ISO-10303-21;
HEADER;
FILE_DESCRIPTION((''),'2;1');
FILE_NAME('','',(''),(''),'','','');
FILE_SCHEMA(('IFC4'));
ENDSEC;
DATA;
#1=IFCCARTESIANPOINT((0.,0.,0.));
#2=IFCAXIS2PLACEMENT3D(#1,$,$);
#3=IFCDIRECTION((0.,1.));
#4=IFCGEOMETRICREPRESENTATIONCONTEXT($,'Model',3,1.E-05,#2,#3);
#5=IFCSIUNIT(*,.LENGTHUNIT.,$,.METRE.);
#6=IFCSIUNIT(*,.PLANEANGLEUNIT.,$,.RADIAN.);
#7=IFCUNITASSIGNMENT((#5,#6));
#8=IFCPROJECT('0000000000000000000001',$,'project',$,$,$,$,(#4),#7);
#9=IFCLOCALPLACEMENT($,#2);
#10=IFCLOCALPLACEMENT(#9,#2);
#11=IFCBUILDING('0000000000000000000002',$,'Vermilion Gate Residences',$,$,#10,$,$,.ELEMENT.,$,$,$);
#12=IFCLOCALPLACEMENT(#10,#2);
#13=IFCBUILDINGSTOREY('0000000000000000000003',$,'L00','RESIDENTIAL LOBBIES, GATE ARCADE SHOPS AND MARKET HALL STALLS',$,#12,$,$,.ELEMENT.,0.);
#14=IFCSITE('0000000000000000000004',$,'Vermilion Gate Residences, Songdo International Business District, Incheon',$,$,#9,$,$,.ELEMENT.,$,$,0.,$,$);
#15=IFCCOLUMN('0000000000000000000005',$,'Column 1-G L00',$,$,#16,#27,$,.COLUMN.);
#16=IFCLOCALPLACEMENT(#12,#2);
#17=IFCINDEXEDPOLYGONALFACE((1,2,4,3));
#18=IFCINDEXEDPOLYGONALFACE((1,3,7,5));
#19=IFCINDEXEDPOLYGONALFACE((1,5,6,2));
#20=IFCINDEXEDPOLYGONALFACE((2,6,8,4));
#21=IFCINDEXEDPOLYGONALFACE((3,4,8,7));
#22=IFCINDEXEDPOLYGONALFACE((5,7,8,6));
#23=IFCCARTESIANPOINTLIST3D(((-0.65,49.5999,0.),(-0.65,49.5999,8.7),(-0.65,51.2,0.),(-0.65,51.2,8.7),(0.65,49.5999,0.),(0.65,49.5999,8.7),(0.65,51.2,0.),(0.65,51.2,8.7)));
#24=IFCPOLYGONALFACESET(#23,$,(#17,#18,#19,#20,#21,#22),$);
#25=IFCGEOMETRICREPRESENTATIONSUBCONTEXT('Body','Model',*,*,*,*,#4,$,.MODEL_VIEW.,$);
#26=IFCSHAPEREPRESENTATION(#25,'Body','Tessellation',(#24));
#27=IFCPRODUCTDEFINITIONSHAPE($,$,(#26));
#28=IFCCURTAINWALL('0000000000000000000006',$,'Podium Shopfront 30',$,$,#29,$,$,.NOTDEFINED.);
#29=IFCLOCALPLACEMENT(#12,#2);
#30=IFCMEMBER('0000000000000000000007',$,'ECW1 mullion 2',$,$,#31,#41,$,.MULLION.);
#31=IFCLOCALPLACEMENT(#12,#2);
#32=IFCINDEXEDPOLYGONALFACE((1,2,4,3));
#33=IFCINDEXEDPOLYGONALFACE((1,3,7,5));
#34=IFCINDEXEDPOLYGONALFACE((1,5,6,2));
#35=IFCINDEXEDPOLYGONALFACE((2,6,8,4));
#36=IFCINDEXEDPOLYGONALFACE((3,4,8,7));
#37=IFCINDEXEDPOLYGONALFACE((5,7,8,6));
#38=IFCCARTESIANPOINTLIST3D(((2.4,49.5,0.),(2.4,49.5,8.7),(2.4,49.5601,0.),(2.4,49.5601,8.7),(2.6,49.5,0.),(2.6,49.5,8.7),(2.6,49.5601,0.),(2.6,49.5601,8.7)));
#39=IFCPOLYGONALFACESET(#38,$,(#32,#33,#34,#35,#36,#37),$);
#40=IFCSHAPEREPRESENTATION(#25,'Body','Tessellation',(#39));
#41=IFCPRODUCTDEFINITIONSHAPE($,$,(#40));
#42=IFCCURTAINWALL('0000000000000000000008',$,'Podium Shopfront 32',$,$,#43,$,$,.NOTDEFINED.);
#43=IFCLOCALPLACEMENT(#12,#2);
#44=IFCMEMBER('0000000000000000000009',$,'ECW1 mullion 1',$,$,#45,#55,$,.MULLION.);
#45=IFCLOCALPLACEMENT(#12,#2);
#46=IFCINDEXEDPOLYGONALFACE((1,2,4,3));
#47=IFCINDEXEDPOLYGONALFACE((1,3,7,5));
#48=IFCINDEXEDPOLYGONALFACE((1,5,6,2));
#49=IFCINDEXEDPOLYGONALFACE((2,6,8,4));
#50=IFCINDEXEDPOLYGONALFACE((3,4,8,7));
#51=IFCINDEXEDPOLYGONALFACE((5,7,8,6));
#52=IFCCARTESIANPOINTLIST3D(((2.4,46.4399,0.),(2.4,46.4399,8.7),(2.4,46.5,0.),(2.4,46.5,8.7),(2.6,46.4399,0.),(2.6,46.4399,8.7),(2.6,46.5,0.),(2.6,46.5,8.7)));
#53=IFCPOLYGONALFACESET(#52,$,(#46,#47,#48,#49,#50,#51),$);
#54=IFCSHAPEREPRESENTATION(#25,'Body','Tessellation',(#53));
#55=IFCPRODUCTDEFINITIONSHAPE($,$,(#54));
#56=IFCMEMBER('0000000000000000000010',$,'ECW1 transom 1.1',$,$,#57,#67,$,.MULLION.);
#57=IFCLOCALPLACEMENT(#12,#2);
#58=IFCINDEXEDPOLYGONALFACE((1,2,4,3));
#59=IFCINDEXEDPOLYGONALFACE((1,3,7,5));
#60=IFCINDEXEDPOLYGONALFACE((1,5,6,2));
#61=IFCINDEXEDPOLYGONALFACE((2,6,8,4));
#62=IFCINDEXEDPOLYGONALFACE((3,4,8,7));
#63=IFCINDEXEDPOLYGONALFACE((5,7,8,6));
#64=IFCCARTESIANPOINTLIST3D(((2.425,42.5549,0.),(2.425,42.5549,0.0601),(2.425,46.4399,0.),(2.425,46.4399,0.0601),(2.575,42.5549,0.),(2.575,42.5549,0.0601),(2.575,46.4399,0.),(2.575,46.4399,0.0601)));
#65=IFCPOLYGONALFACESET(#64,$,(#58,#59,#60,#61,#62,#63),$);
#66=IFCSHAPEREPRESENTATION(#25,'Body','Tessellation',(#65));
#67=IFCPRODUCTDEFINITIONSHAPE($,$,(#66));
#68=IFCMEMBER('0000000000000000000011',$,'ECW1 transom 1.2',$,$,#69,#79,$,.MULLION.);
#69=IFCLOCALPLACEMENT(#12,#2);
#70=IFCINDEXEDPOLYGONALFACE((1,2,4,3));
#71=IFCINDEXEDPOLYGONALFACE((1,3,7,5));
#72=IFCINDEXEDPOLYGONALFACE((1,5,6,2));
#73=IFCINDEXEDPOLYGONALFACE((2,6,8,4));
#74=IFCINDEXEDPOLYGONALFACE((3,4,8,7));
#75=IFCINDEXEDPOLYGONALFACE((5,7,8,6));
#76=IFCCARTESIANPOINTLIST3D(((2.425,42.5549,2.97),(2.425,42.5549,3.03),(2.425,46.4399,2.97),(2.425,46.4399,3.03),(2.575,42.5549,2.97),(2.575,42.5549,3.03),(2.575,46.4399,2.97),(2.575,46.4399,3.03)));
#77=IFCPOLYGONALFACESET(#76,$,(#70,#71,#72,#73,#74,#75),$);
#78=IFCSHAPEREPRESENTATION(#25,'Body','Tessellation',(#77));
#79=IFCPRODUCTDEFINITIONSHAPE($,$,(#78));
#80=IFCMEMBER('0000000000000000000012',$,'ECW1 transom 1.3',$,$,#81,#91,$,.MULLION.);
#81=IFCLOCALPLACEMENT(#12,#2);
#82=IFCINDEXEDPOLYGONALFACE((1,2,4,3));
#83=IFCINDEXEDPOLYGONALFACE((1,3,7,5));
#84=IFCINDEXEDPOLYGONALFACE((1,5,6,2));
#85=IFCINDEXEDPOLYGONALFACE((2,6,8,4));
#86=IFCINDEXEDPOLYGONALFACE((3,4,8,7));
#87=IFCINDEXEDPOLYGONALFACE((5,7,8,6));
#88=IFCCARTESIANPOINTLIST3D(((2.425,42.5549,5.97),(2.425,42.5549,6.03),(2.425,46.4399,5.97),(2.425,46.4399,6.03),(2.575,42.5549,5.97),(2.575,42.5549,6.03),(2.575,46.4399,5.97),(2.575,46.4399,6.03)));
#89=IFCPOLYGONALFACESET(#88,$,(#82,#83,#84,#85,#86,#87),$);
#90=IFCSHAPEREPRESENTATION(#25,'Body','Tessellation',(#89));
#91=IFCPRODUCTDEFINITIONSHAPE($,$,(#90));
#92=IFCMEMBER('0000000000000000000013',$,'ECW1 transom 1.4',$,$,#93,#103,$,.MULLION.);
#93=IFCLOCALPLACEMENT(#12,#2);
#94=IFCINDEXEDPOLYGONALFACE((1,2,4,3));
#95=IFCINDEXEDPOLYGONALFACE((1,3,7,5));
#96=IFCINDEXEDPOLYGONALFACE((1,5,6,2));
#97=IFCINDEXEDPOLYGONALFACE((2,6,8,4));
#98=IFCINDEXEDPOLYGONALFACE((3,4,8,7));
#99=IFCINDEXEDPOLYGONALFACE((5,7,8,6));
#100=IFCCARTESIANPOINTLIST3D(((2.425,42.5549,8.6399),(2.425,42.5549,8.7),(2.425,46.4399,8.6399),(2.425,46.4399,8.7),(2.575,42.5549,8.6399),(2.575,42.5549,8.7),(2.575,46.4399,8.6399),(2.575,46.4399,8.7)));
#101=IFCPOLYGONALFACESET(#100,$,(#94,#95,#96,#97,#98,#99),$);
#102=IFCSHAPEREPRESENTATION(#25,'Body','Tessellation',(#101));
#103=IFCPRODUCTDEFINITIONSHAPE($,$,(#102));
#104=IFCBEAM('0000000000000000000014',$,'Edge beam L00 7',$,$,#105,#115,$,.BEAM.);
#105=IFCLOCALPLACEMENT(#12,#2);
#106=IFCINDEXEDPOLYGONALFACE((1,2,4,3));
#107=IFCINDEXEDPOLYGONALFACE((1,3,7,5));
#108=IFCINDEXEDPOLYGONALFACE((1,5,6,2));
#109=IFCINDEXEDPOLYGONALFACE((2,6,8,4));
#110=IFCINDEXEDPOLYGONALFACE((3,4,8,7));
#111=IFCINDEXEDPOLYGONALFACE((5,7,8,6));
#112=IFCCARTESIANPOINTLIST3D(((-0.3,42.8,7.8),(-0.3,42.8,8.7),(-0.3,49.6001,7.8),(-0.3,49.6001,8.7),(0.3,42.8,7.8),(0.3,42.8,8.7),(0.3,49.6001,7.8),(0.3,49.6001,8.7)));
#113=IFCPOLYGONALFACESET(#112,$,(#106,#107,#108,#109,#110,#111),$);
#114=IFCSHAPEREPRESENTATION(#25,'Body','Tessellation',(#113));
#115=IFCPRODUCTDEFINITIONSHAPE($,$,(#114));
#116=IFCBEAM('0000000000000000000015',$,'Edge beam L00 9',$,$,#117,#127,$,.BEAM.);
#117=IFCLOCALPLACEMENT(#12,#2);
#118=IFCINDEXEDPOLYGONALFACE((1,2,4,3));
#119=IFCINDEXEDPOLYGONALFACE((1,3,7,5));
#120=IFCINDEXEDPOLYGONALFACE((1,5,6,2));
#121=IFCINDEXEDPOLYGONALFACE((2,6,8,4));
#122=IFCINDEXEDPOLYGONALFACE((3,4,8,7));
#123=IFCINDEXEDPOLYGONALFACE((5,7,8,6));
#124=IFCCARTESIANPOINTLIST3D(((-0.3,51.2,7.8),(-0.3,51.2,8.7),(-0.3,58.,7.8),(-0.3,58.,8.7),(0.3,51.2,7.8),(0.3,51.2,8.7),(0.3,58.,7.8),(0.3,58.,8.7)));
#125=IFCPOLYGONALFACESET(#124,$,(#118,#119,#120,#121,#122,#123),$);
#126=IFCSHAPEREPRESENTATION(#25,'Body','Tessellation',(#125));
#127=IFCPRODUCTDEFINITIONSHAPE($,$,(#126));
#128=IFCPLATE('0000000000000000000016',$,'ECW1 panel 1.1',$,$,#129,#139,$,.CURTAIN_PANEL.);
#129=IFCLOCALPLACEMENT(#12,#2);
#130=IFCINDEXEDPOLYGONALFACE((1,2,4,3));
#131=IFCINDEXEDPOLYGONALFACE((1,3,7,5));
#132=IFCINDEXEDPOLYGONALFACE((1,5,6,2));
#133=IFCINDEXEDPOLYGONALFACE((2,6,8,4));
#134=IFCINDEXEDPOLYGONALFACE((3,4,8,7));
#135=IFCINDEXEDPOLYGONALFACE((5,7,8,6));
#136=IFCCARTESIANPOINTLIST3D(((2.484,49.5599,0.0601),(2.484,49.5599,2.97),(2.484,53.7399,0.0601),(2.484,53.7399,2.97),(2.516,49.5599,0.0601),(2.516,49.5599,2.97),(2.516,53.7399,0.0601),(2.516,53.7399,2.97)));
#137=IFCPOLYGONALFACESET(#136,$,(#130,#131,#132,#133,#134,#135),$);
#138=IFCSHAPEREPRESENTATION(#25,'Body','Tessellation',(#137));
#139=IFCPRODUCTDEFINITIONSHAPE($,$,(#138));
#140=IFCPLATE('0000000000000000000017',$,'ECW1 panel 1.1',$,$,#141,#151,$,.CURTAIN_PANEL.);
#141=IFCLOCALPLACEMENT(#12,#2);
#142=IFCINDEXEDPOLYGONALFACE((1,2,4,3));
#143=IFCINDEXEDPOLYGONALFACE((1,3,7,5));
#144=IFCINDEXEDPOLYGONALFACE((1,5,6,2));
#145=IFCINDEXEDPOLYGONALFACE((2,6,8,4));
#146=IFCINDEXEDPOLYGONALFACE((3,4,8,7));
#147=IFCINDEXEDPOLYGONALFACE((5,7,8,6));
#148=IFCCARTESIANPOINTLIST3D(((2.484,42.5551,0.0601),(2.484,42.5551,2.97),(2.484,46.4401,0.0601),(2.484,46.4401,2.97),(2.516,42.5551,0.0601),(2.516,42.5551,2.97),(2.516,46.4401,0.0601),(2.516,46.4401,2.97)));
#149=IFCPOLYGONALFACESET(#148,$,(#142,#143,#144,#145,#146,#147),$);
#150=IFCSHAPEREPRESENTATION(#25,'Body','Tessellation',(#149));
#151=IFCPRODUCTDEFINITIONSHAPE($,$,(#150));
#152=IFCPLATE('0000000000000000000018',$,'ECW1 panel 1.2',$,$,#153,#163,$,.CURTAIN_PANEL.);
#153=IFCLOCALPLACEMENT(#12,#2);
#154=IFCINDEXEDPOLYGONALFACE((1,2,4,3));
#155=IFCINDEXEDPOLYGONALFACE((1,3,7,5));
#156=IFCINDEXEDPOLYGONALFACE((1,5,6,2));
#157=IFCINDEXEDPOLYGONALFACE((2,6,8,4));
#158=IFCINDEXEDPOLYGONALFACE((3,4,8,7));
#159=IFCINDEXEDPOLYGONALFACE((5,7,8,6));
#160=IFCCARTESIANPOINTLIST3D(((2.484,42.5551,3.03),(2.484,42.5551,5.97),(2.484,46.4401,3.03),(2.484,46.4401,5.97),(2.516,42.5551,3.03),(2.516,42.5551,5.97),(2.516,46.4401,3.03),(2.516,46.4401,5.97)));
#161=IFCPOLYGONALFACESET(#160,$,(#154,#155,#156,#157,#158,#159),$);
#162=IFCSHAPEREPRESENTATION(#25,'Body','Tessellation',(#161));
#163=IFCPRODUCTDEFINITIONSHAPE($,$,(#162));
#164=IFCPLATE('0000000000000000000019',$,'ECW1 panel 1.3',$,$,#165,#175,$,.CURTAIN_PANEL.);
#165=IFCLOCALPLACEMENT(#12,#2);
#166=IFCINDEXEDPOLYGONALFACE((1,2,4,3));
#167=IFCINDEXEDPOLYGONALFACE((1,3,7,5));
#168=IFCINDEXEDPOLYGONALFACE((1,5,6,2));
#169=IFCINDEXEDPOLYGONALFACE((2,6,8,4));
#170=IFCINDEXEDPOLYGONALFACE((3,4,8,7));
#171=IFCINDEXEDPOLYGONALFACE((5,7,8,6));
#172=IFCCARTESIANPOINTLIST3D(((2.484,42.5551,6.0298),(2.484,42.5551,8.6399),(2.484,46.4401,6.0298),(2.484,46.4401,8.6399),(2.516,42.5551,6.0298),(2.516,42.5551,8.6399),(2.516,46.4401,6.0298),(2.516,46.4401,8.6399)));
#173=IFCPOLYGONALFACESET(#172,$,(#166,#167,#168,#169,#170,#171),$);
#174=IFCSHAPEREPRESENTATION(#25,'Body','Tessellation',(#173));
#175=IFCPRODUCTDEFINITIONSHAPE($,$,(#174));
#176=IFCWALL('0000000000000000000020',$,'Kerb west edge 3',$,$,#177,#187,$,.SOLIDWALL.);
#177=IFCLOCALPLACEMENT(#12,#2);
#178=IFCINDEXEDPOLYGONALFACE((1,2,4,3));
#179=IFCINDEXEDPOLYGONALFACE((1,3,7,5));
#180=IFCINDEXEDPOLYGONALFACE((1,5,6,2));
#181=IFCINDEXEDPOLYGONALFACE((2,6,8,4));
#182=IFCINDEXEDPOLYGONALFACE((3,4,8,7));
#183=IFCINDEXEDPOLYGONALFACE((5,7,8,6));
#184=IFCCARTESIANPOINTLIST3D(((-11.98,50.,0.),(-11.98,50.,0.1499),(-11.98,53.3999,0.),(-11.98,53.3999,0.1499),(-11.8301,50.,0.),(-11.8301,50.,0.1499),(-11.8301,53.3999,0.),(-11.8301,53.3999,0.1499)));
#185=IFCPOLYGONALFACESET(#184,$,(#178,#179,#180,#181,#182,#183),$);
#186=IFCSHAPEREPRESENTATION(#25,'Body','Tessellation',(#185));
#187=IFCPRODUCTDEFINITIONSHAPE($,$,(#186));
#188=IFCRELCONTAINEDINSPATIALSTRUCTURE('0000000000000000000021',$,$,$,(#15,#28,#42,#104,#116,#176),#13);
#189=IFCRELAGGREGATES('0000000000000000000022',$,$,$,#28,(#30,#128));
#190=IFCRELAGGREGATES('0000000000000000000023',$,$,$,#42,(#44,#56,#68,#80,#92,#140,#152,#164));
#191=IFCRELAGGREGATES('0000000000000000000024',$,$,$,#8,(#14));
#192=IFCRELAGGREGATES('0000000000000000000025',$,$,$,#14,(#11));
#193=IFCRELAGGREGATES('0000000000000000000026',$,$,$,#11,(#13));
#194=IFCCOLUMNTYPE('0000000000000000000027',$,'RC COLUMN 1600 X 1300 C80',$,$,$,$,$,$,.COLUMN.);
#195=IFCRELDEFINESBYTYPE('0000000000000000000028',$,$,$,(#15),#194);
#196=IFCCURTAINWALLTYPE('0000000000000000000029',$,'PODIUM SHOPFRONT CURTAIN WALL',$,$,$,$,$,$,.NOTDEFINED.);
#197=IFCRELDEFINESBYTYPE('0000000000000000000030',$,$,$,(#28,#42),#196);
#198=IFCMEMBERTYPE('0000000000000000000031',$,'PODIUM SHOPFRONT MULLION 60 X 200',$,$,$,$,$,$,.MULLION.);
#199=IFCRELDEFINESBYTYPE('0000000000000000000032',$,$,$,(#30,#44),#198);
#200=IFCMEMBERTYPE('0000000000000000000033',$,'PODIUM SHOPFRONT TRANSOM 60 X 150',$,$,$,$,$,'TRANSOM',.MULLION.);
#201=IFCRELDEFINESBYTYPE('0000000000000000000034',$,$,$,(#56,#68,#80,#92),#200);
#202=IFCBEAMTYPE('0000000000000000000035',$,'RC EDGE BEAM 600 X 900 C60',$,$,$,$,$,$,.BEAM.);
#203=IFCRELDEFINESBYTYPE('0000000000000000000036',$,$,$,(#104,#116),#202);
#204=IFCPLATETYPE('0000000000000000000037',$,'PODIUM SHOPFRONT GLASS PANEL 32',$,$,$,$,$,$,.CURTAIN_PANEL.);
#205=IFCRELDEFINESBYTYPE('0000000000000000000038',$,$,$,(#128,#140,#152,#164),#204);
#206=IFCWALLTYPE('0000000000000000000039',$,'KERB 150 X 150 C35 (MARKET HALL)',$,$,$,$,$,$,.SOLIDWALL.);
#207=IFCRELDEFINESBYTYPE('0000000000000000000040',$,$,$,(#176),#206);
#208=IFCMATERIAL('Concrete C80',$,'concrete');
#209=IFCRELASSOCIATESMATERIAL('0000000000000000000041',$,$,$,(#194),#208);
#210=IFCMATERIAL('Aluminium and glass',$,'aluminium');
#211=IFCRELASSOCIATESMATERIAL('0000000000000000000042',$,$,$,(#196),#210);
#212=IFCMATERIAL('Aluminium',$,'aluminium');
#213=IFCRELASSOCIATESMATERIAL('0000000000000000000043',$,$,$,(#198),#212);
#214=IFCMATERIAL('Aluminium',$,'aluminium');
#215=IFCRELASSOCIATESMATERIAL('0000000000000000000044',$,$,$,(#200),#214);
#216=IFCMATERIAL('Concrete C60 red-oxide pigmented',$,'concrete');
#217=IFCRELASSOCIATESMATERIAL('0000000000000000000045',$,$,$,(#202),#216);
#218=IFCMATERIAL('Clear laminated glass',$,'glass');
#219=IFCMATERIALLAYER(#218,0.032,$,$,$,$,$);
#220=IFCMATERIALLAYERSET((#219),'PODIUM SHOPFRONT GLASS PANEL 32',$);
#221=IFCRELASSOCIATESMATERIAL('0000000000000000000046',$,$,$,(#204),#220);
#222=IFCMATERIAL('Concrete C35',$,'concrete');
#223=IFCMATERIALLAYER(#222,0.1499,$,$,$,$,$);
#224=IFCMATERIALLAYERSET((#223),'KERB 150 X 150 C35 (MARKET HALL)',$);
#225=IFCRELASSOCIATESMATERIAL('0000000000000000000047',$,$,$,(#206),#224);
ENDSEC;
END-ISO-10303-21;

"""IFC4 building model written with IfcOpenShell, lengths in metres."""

from ifc_helpers import new_model, si_unit, direction, frame, frame_2d, origin, origin_2d, place, context, subcontext, project, spatial, rectangle, extrude, material, layer, layer_set, material_profile, profile_set, type_object, element, aggregate, save


model = new_model("IFC4")

# Units and contexts
model_context = context("Model", 3, precision=1e-05, world=origin(), true_north=direction((0.0, 1.0)))
body_context = subcontext(model_context, "Body", "Model", "MODEL_VIEW")
ifc_project = project(units=[si_unit("LENGTHUNIT", "METRE"), si_unit("PLANEANGLEUNIT", "RADIAN")], contexts=[model_context])

# Site, building, storey
site_placement = place(None, origin())
site = spatial("IfcSite", under=ifc_project, at=site_placement, Name="Vermilion Gate Residences, Songdo International Business District, Incheon", CompositionType="ELEMENT", RefElevation=0.0)
building_placement = place(site_placement, origin())
building = spatial("IfcBuilding", under=site, at=building_placement, Name="Vermilion Gate Residences", CompositionType="ELEMENT")
storey_placement = place(building_placement, origin())
storey = spatial("IfcBuildingStorey", under=building, at=storey_placement, Name="L00", Description="RESIDENTIAL LOBBIES, GATE ARCADE SHOPS AND MARKET HALL STALLS", CompositionType="ELEMENT", Elevation=0.0)

# Column
ifc_material_1 = material(Name="Concrete C80", Category="concrete")
ifc_material_profile_1 = material_profile(ifc_material_1, rectangle(XDim=1.6001, YDim=1.3, at=origin_2d()), Name="RC-1600x1300")
ifc_profile_set_1 = profile_set([ifc_material_profile_1], Name="Concrete C80")
column_type = type_object("IfcColumnType", Name="RC COLUMN 1600 X 1300 C80", PredefinedType="COLUMN", material=ifc_profile_set_1)
column_placement = place(storey_placement, frame((0.0, 50.3999, 0.0), z_axis=(0.0, 0.0, 1.0), x_axis=(0.0, 1.0, 0.0)))
element("IfcColumn", 1, at=column_placement, inside=storey, type_object=column_type, Name="Column 1-G L00", PredefinedType="COLUMN", context=body_context, shape_type="SweptSolid", body=[
    extrude(rectangle(XDim=1.6001, YDim=1.3, at=origin_2d()), origin(), (0.0, 0.0, 1.0), 8.7),
])

# Curtain wall, member
ifc_material_2 = material(Name="Aluminium and glass", Category="aluminium")
curtain_wall_type = type_object("IfcCurtainWallType", Name="PODIUM SHOPFRONT CURTAIN WALL", PredefinedType="NOTDEFINED", material=ifc_material_2)
curtain_wall_1_placement = place(storey_placement, origin())
curtain_wall_1 = element("IfcCurtainWall", 2, at=curtain_wall_1_placement, inside=storey, type_object=curtain_wall_type, Name="Podium Shopfront 30", PredefinedType="NOTDEFINED")
ifc_material_3 = material(Name="Aluminium", Category="aluminium")
ifc_material_profile_2 = material_profile(ifc_material_3, rectangle(XDim=0.2, YDim=0.0601, at=origin_2d()), Name="MULLION 60 X 200")
ifc_profile_set_2 = profile_set([ifc_material_profile_2], Name="Aluminium")
member_type_1 = type_object("IfcMemberType", Name="PODIUM SHOPFRONT MULLION 60 X 200", PredefinedType="MULLION", material=ifc_profile_set_2)
member_1_placement = place(storey_placement, frame((2.5, 49.53, 0.0), z_axis=(0.0, 0.0, 1.0), x_axis=(1.0, 0.0, 0.0)))
member_1 = element("IfcMember", 3, at=member_1_placement, type_object=member_type_1, Name="ECW1 mullion 2", PredefinedType="MULLION", context=body_context, shape_type="SweptSolid", body=[
    extrude(rectangle(XDim=0.2, YDim=0.0601, at=origin_2d()), origin(), (0.0, 0.0, 1.0), 8.7),
])

# Curtain wall, members
curtain_wall_2_placement = place(storey_placement, origin())
curtain_wall_2 = element("IfcCurtainWall", 4, at=curtain_wall_2_placement, inside=storey, type_object=curtain_wall_type, Name="Podium Shopfront 32", PredefinedType="NOTDEFINED")
member_2_placement = place(storey_placement, frame((2.5, 46.47, 0.0), z_axis=(0.0, 0.0, 1.0), x_axis=(1.0, 0.0, 0.0)))
member_2 = element("IfcMember", 5, at=member_2_placement, type_object=member_type_1, Name="ECW1 mullion 1", PredefinedType="MULLION", context=body_context, shape_type="SweptSolid", body=[
    extrude(rectangle(XDim=0.2, YDim=0.0601, at=origin_2d()), origin(), (0.0, 0.0, 1.0), 8.7),
])
ifc_material_4 = material(Name="Aluminium", Category="aluminium")
ifc_material_profile_3 = material_profile(ifc_material_4, rectangle(XDim=0.1499, YDim=0.0601, at=origin_2d()), Name="TRANSOM 60 X 150")
ifc_profile_set_3 = profile_set([ifc_material_profile_3], Name="Aluminium")
member_type_2 = type_object("IfcMemberType", Name="PODIUM SHOPFRONT TRANSOM 60 X 150", ElementType="TRANSOM", PredefinedType="MULLION", material=ifc_profile_set_3)
member_3_placement = place(storey_placement, frame((2.5, 46.4399, 0.03), z_axis=(0.0, -1.0, 0.0), x_axis=(1.0, 0.0, 0.0)))
member_3 = element("IfcMember", 6, at=member_3_placement, type_object=member_type_2, Name="ECW1 transom 1.1", PredefinedType="MULLION", context=body_context, shape_type="SweptSolid", body=[
    extrude(rectangle(XDim=0.1499, YDim=0.0601, at=origin_2d()), origin(), (0.0, 0.0, 1.0), 3.885),
])
member_4_placement = place(storey_placement, frame((2.5, 46.4399, 3.0), z_axis=(0.0, -1.0, 0.0), x_axis=(1.0, 0.0, 0.0)))
member_4 = element("IfcMember", 7, at=member_4_placement, type_object=member_type_2, Name="ECW1 transom 1.2", PredefinedType="MULLION", context=body_context, shape_type="SweptSolid", body=[
    extrude(rectangle(XDim=0.1499, YDim=0.0601, at=origin_2d()), origin(), (0.0, 0.0, 1.0), 3.885),
])
member_5_placement = place(storey_placement, frame((2.5, 46.4399, 6.0), z_axis=(0.0, -1.0, 0.0), x_axis=(1.0, 0.0, 0.0)))
member_5 = element("IfcMember", 8, at=member_5_placement, type_object=member_type_2, Name="ECW1 transom 1.3", PredefinedType="MULLION", context=body_context, shape_type="SweptSolid", body=[
    extrude(rectangle(XDim=0.1499, YDim=0.0601, at=origin_2d()), origin(), (0.0, 0.0, 1.0), 3.885),
])
member_6_placement = place(storey_placement, frame((2.5, 46.4399, 8.6699), z_axis=(0.0, -1.0, 0.0), x_axis=(1.0, 0.0, 0.0)))
member_6 = element("IfcMember", 9, at=member_6_placement, type_object=member_type_2, Name="ECW1 transom 1.4", PredefinedType="MULLION", context=body_context, shape_type="SweptSolid", body=[
    extrude(rectangle(XDim=0.1499, YDim=0.0601, at=origin_2d()), origin(), (0.0, 0.0, 1.0), 3.885),
])

# Beams
ifc_material_5 = material(Name="Concrete C60 red-oxide pigmented", Category="concrete")
ifc_material_profile_4 = material_profile(ifc_material_5, rectangle(XDim=0.6001, YDim=0.8999, at=origin_2d()), Name="RC-600x900")
ifc_profile_set_4 = profile_set([ifc_material_profile_4], Name="Concrete C60 red-oxide pigmented")
beam_type = type_object("IfcBeamType", Name="RC EDGE BEAM 600 X 900 C60", PredefinedType="BEAM", material=ifc_profile_set_4)
for number, where, z_axis, x_axis, name in (
    (10, (0.0, 42.8, 8.25), (0.0, 1.0, 0.0), (-1.0, 0.0, 0.0), "Edge beam L00 7"),
    (11, (0.0, 51.2, 8.25), (0.0, 1.0, 0.0), (-1.0, 0.0, 0.0), "Edge beam L00 9"),
):
    element("IfcBeam", number, at=place(storey_placement, frame(where, z_axis=z_axis, x_axis=x_axis)), inside=storey, type_object=beam_type, Name=name, PredefinedType="BEAM", context=body_context, shape_type="SweptSolid", body=[
        extrude(rectangle(XDim=0.6001, YDim=0.8999, at=origin_2d()), origin(), (0.0, 0.0, 1.0), 6.8),
    ])

# Plates
ifc_material_6 = material(Name="Clear laminated glass", Category="glass")
ifc_layer_1 = layer(ifc_material_6, 0.032)
ifc_layer_set_1 = layer_set([ifc_layer_1], Name="PODIUM SHOPFRONT GLASS PANEL 32")
plate_type = type_object("IfcPlateType", Name="PODIUM SHOPFRONT GLASS PANEL 32", PredefinedType="CURTAIN_PANEL", material=ifc_layer_set_1)
plate_1_placement = place(storey_placement, frame((2.5, 51.6499, 0.0601), z_axis=(0.0, 0.0, 1.0), x_axis=(0.0, -1.0, 0.0)))
plate_1 = element("IfcPlate", 12, at=plate_1_placement, type_object=plate_type, Name="ECW1 panel 1.1", PredefinedType="CURTAIN_PANEL", context=body_context, shape_type="SweptSolid", body=[
    extrude(rectangle(XDim=4.1799, YDim=0.032, at=origin_2d()), origin(), (0.0, 0.0, 1.0), 2.9099),
])
aggregate(curtain_wall_1, [member_1, plate_1])
plate_2_placement = place(storey_placement, frame((2.5, 44.4976, 0.0601), z_axis=(0.0, 0.0, 1.0), x_axis=(0.0, -1.0, 0.0)))
plate_2 = element("IfcPlate", 13, at=plate_2_placement, type_object=plate_type, Name="ECW1 panel 1.1", PredefinedType="CURTAIN_PANEL", context=body_context, shape_type="SweptSolid", body=[
    extrude(rectangle(XDim=3.885, YDim=0.032, at=origin_2d()), origin(), (0.0, 0.0, 1.0), 2.9099),
])
plate_3_placement = place(storey_placement, frame((2.5, 44.4976, 3.03), z_axis=(0.0, 0.0, 1.0), x_axis=(0.0, -1.0, 0.0)))
plate_3 = element("IfcPlate", 14, at=plate_3_placement, type_object=plate_type, Name="ECW1 panel 1.2", PredefinedType="CURTAIN_PANEL", context=body_context, shape_type="SweptSolid", body=[
    extrude(rectangle(XDim=3.885, YDim=0.032, at=origin_2d()), origin(), (0.0, 0.0, 1.0), 2.9399),
])
plate_4_placement = place(storey_placement, frame((2.5, 44.4976, 6.0298), z_axis=(0.0, 0.0, 1.0), x_axis=(0.0, -1.0, 0.0)))
plate_4 = element("IfcPlate", 15, at=plate_4_placement, type_object=plate_type, Name="ECW1 panel 1.3", PredefinedType="CURTAIN_PANEL", context=body_context, shape_type="SweptSolid", body=[
    extrude(rectangle(XDim=3.885, YDim=0.032, at=origin_2d()), origin(), (0.0, 0.0, 1.0), 2.6101),
])
aggregate(curtain_wall_2, [member_2, member_3, member_4, member_5, member_6, plate_2, plate_3, plate_4])

# Wall
ifc_material_7 = material(Name="Concrete C35", Category="concrete")
ifc_layer_2 = layer(ifc_material_7, 0.1499)
ifc_layer_set_2 = layer_set([ifc_layer_2], Name="KERB 150 X 150 C35 (MARKET HALL)")
wall_type_1 = type_object("IfcWallType", Name="KERB 150 X 150 C35 (MARKET HALL)", PredefinedType="SOLIDWALL", material=ifc_layer_set_2)
wall_1_placement = place(storey_placement, frame((-11.905, 50.0, 0.0), z_axis=(0.0, 0.0, 1.0), x_axis=(0.0, 1.0, 0.0)))
element("IfcWall", 16, at=wall_1_placement, inside=storey, type_object=wall_type_1, Name="Kerb west edge 3", PredefinedType="SOLIDWALL", context=body_context, shape_type="SweptSolid", body=[
    extrude(rectangle(XDim=3.3999, YDim=0.1499, at=frame_2d((1.7, 0.0))), origin(), (0.0, 0.0, 1.0), 0.1499),
])

save(model, "model.ifc")
